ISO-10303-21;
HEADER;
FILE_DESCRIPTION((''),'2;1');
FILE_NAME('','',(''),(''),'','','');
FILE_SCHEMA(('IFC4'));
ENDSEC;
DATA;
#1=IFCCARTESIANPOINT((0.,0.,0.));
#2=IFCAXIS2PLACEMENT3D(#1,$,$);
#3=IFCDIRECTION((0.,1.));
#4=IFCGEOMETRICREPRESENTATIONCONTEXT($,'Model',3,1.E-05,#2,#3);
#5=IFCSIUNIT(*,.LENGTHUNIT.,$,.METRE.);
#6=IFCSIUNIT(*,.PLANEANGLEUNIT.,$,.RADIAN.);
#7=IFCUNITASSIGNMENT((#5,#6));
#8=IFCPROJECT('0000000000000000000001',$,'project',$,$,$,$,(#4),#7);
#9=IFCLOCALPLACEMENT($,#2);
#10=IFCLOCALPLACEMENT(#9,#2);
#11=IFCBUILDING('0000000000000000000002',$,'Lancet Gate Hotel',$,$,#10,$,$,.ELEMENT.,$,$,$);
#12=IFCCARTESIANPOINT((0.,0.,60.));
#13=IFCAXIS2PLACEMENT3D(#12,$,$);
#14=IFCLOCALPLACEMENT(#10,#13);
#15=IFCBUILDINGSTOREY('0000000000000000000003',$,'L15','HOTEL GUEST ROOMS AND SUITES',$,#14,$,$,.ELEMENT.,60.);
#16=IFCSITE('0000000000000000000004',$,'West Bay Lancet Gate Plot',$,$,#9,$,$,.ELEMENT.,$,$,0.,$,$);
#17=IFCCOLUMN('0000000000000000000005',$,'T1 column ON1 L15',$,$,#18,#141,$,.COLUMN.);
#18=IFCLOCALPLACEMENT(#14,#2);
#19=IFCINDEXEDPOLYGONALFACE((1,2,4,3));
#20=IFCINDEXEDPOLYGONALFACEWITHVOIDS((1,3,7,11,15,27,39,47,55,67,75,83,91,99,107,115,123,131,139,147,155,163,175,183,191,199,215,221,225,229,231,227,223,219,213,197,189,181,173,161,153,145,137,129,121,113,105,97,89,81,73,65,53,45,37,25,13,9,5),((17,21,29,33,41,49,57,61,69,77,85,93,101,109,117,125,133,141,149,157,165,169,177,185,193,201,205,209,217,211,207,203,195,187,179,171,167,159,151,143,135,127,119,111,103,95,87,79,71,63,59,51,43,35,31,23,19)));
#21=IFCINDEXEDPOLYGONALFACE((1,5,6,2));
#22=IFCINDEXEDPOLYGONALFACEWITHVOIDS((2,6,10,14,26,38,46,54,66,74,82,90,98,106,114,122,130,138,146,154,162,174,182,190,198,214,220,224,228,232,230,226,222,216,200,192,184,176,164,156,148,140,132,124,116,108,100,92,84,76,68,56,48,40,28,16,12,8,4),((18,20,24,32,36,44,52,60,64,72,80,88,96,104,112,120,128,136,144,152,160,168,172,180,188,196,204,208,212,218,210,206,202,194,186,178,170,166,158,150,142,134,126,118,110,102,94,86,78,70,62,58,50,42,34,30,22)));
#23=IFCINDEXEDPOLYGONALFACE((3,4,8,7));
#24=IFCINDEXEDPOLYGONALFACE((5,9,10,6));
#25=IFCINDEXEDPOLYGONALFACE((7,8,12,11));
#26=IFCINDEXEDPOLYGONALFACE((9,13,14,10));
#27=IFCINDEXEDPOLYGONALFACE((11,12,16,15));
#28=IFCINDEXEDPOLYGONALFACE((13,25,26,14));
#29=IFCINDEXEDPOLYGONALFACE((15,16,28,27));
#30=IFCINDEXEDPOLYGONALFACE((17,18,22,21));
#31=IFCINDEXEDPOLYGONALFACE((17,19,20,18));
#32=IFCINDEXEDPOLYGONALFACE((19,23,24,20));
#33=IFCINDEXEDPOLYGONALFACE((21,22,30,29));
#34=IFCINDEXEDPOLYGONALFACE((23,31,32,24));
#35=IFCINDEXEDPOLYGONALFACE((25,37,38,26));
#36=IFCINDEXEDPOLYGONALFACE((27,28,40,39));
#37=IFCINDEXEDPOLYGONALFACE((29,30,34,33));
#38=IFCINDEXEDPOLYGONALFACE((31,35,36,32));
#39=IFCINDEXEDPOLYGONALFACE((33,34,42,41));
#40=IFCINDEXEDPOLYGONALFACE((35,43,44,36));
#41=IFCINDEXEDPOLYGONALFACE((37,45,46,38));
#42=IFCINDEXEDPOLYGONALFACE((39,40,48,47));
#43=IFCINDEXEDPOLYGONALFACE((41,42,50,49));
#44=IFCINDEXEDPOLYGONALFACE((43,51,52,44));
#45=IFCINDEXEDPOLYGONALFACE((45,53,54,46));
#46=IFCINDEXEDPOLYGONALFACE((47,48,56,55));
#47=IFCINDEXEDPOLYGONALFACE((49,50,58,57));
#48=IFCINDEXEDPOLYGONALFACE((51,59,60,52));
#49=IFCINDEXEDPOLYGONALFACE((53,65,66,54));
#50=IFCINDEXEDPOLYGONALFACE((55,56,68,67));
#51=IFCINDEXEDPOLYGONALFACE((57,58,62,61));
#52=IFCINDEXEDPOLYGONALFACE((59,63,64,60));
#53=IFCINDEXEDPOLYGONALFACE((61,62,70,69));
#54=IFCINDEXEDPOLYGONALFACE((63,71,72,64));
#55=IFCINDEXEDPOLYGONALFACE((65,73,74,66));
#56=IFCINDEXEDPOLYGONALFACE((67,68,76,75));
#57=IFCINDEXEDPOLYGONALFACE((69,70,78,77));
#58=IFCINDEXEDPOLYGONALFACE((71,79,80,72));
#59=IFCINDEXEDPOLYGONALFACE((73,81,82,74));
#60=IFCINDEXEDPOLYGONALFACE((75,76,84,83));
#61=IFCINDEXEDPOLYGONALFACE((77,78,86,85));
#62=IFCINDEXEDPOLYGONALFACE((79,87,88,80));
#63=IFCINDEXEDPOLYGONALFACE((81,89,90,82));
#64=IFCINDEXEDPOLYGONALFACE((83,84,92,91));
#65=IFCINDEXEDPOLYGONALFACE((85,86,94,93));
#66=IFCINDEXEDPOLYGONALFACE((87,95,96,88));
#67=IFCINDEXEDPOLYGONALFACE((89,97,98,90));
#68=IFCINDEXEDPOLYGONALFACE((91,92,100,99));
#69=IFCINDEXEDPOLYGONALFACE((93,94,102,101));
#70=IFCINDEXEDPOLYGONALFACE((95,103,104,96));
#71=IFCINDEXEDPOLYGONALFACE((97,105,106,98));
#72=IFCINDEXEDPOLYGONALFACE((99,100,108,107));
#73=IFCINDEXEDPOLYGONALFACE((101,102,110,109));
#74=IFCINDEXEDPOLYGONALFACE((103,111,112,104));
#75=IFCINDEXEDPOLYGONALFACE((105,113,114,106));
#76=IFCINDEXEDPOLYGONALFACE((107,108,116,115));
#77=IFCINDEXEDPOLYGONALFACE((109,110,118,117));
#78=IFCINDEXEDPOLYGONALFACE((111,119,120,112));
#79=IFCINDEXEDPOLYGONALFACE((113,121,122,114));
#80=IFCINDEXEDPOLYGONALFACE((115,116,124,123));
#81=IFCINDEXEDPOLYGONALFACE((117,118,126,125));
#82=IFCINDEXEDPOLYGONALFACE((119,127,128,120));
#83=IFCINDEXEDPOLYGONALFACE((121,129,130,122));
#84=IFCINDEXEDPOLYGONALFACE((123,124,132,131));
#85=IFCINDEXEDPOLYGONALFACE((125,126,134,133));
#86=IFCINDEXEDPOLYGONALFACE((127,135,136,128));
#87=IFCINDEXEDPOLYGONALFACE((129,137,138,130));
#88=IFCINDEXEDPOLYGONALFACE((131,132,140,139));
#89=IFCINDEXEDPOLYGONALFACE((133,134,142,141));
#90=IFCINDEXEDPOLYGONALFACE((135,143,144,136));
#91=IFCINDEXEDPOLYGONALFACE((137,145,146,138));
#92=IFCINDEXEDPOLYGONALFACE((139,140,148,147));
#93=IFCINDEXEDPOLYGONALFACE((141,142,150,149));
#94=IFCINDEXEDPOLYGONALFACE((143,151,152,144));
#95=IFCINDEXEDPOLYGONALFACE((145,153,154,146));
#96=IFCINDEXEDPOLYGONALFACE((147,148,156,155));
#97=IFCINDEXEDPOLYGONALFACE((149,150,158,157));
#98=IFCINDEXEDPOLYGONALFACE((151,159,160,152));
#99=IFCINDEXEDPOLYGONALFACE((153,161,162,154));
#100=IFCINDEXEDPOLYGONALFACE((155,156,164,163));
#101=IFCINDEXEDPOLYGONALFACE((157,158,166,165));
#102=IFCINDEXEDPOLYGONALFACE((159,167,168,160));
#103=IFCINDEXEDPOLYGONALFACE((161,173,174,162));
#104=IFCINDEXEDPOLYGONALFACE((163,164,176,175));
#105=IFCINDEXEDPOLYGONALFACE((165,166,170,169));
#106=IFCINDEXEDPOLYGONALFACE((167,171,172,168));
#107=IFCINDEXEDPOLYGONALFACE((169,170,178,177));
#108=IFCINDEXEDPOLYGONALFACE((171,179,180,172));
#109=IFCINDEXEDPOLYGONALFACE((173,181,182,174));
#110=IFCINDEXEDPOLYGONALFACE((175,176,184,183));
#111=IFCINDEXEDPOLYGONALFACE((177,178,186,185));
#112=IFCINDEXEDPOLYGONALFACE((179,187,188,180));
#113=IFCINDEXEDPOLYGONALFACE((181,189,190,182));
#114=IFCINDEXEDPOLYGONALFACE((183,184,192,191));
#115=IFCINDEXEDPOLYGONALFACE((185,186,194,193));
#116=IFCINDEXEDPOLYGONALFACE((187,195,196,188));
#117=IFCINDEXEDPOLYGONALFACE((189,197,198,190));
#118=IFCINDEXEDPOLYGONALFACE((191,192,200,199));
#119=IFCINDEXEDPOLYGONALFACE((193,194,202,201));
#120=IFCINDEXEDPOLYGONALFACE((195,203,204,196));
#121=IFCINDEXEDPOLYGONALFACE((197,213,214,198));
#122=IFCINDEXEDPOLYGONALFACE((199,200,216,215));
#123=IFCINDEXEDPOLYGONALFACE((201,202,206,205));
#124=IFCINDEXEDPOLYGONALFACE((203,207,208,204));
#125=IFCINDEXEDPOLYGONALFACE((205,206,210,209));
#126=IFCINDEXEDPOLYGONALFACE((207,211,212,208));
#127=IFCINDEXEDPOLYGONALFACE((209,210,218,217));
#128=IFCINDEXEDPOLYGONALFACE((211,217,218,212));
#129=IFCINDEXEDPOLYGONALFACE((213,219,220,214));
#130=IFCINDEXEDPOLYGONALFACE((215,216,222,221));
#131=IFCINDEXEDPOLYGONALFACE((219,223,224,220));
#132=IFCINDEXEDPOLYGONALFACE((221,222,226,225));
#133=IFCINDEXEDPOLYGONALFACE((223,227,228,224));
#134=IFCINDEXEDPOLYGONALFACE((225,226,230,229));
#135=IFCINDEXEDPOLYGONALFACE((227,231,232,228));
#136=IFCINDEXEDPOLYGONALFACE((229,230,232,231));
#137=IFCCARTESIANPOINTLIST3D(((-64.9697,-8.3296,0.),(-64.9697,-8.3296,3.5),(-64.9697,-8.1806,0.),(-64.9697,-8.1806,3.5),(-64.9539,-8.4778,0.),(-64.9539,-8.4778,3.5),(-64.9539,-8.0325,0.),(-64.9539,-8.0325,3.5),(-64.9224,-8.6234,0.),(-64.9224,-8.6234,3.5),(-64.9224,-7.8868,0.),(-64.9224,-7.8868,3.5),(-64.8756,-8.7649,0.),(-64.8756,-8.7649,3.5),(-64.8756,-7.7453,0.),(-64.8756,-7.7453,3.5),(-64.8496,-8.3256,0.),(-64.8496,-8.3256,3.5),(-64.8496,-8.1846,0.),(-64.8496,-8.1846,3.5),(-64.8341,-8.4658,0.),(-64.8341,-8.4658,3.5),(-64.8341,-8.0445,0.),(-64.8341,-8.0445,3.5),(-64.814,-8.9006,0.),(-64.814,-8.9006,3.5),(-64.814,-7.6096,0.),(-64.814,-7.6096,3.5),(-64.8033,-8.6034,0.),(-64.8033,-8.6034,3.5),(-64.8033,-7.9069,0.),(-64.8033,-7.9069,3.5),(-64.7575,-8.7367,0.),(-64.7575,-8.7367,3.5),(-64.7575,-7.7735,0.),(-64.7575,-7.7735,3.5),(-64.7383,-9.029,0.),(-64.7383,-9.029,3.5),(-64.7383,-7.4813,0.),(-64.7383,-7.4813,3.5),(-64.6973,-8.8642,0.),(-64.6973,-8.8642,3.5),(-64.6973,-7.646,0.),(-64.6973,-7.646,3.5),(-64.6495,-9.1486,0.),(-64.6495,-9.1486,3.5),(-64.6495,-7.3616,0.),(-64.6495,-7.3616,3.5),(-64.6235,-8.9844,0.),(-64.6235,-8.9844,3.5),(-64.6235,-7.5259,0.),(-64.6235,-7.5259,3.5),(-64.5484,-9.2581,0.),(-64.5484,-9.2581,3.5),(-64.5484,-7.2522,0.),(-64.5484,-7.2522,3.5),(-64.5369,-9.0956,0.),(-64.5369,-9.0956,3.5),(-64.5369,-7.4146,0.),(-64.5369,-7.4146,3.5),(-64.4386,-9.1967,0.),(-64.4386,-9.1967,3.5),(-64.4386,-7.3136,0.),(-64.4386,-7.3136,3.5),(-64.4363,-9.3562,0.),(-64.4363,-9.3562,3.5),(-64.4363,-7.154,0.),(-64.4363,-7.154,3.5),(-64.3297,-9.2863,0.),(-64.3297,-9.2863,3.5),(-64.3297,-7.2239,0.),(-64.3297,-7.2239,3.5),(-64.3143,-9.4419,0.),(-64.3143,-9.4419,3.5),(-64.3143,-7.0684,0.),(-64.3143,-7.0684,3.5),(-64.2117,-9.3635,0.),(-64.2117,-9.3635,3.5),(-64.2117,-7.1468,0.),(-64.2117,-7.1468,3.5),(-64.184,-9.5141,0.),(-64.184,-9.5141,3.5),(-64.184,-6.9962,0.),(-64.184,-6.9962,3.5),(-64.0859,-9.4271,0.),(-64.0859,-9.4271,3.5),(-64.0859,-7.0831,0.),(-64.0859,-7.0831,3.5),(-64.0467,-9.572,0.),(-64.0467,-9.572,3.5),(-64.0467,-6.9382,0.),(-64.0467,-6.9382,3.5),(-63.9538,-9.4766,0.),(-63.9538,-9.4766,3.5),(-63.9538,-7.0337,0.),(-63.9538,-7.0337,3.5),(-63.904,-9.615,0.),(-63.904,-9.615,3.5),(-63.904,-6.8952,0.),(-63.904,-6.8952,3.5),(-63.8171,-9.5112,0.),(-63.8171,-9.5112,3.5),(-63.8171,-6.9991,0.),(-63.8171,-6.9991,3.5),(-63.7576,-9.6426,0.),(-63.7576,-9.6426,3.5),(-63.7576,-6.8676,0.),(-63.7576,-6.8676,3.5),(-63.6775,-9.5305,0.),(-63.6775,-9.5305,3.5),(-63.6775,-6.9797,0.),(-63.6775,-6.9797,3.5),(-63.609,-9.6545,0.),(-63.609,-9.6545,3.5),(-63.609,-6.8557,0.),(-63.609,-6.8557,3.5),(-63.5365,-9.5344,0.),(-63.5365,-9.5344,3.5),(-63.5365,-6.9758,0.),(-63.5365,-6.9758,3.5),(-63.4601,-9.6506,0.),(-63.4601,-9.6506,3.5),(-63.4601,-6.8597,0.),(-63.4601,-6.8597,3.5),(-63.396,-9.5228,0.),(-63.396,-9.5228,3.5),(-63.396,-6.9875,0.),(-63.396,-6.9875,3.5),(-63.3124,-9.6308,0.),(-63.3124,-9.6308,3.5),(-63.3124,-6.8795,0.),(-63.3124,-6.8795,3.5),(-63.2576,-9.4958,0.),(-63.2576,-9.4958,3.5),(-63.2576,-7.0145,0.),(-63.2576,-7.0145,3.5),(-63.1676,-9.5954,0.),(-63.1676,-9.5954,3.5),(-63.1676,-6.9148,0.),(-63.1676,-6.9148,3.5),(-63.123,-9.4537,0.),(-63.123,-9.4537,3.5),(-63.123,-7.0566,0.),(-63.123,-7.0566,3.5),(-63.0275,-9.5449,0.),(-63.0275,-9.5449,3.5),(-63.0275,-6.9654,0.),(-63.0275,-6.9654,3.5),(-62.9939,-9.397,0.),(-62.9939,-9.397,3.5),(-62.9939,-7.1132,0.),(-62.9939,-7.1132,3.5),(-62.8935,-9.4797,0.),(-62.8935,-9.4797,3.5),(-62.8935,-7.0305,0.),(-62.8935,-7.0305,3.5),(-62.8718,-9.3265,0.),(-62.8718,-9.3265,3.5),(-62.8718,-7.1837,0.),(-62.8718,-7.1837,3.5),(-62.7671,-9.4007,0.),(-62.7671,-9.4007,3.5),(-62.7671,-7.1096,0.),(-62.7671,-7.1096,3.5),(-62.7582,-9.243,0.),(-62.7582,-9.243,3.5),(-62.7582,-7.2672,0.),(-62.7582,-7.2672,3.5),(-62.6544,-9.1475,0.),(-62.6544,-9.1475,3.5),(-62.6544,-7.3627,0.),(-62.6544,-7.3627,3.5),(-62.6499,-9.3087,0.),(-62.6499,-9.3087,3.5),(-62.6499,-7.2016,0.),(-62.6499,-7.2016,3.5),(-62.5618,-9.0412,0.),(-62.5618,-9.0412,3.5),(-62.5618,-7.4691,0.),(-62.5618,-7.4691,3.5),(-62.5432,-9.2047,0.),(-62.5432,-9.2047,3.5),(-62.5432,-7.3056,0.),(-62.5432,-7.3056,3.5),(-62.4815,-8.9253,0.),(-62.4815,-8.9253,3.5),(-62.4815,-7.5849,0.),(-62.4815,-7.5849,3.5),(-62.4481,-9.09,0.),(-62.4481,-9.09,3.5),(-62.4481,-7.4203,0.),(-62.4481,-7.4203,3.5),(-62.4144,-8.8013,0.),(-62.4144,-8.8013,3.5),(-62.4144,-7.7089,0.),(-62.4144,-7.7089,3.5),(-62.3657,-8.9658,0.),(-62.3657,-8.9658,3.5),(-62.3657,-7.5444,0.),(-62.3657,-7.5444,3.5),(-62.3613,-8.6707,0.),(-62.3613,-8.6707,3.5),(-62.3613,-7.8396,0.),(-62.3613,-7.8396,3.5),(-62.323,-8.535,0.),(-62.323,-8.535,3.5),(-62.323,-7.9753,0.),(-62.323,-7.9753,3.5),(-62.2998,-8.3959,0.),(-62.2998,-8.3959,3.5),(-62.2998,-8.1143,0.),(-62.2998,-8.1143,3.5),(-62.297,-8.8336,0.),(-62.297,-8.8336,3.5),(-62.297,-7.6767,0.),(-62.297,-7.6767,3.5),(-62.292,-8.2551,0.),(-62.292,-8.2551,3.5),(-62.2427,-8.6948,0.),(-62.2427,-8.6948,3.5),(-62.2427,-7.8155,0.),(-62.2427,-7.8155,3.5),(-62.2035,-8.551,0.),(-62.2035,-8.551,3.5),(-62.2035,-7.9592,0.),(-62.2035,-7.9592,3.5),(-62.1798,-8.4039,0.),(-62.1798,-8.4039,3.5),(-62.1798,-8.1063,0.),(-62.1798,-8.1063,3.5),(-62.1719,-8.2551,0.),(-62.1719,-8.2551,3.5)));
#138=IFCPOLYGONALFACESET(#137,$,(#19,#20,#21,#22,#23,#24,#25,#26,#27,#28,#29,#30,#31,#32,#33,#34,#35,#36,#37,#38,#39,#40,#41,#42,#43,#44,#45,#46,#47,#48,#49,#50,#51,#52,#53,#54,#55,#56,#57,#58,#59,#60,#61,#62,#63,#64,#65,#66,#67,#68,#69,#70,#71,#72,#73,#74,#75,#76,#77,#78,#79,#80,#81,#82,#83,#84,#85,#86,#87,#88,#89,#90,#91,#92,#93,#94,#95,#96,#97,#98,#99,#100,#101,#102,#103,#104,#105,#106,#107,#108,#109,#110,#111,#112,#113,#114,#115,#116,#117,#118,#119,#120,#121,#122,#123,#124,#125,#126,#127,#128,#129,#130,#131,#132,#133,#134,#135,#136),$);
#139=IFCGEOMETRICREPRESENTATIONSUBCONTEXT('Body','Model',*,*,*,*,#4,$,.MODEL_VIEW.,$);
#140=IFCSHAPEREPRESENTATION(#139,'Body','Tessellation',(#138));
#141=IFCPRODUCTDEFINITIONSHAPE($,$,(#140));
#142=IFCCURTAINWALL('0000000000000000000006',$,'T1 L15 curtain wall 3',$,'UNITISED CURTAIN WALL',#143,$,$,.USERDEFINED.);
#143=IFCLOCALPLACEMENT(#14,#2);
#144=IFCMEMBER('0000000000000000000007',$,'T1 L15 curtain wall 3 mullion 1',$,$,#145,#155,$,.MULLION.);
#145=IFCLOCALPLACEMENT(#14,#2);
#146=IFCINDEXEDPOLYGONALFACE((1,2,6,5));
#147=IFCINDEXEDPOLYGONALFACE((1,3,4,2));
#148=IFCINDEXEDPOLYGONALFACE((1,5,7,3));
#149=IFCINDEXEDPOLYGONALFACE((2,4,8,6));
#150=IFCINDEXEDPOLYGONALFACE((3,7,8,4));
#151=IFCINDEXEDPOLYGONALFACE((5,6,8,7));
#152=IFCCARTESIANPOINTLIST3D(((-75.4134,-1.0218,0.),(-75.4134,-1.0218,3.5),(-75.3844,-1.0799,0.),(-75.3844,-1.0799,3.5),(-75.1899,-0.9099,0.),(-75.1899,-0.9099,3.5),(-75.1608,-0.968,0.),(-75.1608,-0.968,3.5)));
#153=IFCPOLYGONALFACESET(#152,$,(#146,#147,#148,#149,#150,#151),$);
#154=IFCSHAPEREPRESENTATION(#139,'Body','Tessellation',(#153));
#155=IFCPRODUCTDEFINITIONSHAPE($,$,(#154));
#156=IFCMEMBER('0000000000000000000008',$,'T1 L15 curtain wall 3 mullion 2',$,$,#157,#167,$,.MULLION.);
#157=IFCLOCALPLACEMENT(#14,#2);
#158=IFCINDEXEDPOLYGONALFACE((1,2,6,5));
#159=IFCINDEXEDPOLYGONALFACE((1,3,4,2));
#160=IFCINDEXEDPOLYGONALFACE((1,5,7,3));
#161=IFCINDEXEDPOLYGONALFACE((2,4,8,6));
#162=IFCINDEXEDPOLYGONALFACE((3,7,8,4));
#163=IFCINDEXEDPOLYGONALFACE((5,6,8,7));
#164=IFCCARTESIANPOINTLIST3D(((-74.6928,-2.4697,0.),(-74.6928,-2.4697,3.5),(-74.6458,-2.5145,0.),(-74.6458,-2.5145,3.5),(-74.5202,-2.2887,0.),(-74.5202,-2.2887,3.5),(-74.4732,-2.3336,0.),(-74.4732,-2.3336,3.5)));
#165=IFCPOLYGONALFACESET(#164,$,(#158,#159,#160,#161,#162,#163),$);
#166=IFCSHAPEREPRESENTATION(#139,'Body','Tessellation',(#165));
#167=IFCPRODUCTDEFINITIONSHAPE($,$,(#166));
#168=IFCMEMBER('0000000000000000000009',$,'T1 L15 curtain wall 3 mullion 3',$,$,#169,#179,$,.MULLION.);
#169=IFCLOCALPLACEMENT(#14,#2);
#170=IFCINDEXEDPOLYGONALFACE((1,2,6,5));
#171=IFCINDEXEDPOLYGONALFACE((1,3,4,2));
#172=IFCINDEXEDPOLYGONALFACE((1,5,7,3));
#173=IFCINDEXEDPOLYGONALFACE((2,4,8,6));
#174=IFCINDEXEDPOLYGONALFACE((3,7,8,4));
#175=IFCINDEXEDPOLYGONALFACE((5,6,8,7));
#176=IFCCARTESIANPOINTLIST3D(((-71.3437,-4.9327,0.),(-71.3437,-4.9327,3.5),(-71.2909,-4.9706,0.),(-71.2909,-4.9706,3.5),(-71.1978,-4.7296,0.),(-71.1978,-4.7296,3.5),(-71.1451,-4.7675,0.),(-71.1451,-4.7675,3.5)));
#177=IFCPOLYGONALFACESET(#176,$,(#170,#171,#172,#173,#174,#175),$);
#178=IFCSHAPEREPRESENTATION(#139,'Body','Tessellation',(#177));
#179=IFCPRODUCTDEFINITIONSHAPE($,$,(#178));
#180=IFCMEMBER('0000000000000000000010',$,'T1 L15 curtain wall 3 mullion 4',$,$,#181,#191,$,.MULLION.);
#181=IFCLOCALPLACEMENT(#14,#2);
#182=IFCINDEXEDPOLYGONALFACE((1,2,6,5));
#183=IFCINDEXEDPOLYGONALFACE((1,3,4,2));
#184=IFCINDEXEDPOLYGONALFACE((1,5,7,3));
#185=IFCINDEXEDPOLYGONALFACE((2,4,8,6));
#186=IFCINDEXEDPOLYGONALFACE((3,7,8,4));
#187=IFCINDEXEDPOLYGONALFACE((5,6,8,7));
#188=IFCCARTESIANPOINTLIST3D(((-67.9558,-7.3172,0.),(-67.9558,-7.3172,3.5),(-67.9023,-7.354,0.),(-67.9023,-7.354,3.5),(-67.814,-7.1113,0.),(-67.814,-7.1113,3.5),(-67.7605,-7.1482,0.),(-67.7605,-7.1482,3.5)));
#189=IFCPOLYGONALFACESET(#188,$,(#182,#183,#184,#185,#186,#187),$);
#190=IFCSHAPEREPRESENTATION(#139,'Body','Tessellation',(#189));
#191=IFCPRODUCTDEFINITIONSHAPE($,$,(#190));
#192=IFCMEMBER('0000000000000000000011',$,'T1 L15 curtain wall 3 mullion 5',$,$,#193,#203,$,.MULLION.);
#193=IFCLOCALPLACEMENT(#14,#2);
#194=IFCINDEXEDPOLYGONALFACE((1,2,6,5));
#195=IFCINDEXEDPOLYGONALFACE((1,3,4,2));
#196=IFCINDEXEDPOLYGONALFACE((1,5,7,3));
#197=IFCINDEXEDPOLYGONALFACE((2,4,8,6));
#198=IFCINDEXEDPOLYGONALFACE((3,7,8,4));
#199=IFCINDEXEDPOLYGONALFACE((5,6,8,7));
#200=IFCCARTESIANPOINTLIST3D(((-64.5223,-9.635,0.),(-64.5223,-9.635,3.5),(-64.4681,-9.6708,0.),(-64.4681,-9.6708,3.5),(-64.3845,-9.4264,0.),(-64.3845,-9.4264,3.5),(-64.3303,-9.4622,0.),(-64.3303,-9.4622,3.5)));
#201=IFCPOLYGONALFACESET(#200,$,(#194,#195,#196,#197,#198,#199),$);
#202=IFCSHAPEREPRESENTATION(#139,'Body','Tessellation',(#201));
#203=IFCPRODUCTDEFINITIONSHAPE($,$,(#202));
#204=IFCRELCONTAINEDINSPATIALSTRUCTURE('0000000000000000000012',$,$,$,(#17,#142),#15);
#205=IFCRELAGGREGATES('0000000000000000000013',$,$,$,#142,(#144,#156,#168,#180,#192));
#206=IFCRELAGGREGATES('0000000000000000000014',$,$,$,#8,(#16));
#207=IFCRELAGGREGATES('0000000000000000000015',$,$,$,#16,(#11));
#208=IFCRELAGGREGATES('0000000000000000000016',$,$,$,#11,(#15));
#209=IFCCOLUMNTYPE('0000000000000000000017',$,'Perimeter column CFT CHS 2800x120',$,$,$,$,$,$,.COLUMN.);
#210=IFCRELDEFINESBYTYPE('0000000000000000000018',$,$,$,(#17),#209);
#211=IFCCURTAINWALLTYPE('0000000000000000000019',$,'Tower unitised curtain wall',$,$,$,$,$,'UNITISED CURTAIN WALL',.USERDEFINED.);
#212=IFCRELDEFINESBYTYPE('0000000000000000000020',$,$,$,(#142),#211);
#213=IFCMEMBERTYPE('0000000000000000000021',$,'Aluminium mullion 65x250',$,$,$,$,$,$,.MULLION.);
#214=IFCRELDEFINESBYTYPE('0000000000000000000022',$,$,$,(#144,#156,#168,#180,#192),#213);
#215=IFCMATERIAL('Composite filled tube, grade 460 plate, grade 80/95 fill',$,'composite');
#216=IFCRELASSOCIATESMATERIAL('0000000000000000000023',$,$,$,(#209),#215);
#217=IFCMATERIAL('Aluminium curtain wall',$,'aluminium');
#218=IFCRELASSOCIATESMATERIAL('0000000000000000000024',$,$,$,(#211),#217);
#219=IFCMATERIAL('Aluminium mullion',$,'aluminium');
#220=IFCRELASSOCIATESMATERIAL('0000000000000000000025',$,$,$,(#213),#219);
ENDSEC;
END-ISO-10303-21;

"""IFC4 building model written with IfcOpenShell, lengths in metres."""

from ifc_helpers import new_model, si_unit, direction, frame, origin, origin_2d, place, context, subcontext, project, spatial, rectangle, hollow_circle, extrude, material, material_profile, profile_set, type_object, element, aggregate, save


model = new_model("IFC4")

# Units and contexts
model_context = context("Model", 3, precision=1e-05, world=origin(), true_north=direction((0.0, 1.0)))
body_context = subcontext(model_context, "Body", "Model", "MODEL_VIEW")
ifc_project = project(units=[si_unit("LENGTHUNIT", "METRE"), si_unit("PLANEANGLEUNIT", "RADIAN")], contexts=[model_context])

# Site, building, storey
site_placement = place(None, origin())
site = spatial("IfcSite", under=ifc_project, at=site_placement, Name="West Bay Lancet Gate Plot", CompositionType="ELEMENT", RefElevation=0.0)
building_placement = place(site_placement, origin())
building = spatial("IfcBuilding", under=site, at=building_placement, Name="Lancet Gate Hotel", CompositionType="ELEMENT")
storey_placement = place(building_placement, frame((0.0, 0.0, 60.0)))
storey = spatial("IfcBuildingStorey", under=building, at=storey_placement, Name="L15", Description="HOTEL GUEST ROOMS AND SUITES", CompositionType="ELEMENT", Elevation=60.0)

# Column
ifc_material_1 = material(Name="Composite filled tube, grade 460 plate, grade 80/95 fill", Category="composite")
ifc_material_profile_1 = material_profile(ifc_material_1, hollow_circle(Radius=1.3999, WallThickness=0.1201, at=origin_2d()), Name="CHS 2800x120")
ifc_profile_set_1 = profile_set([ifc_material_profile_1], Name="Composite filled tube, grade 460 plate, grade 80/95 fill")
column_type_1 = type_object("IfcColumnType", Name="Perimeter column CFT CHS 2800x120", PredefinedType="COLUMN", material=ifc_profile_set_1)
column_1_placement = place(storey_placement, frame((-63.5718, -8.2551, 0.0), z_axis=(0.0, 0.0, 1.0), x_axis=(1.0, 0.0, 0.0)))
element("IfcColumn", 1, at=column_1_placement, inside=storey, type_object=column_type_1, Name="T1 column ON1 L15", PredefinedType="COLUMN", context=body_context, shape_type="SweptSolid", body=[
    extrude(hollow_circle(Radius=1.3999, WallThickness=0.1201, at=origin_2d()), origin(), (0.0, 0.0, 1.0), 3.5),
])

# Curtain wall, members
ifc_material_2 = material(Name="Aluminium curtain wall", Category="aluminium")
curtain_wall_type = type_object("IfcCurtainWallType", Name="Tower unitised curtain wall", ElementType="UNITISED CURTAIN WALL", PredefinedType="USERDEFINED", material=ifc_material_2)
curtain_wall_placement = place(storey_placement, origin())
curtain_wall = element("IfcCurtainWall", 2, at=curtain_wall_placement, inside=storey, type_object=curtain_wall_type, Name="T1 L15 curtain wall 3", ObjectType="UNITISED CURTAIN WALL", PredefinedType="USERDEFINED")
ifc_material_3 = material(Name="Aluminium mullion", Category="aluminium")
ifc_material_profile_2 = material_profile(ifc_material_3, rectangle(XDim=0.0649, YDim=0.25, at=origin_2d()), Name="MULLION 65x250")
ifc_profile_set_2 = profile_set([ifc_material_profile_2], Name="Aluminium mullion")
member_type_1 = type_object("IfcMemberType", Name="Aluminium mullion 65x250", PredefinedType="MULLION", material=ifc_profile_set_2)
member_1_placement = place(storey_placement, frame((-75.2871, -0.9949, 0.0), z_axis=(0.0, 0.0, 1.0), x_axis=(0.447628, -0.89422, 0.0)))
member_1 = element("IfcMember", 3, at=member_1_placement, type_object=member_type_1, Name="T1 L15 curtain wall 3 mullion 1", PredefinedType="MULLION", context=body_context, shape_type="SweptSolid", body=[
    extrude(rectangle(XDim=0.0649, YDim=0.25, at=origin_2d()), origin(), (0.0, 0.0, 1.0), 3.5),
])
member_2_placement = place(storey_placement, frame((-74.583, -2.4016, 0.0), z_axis=(0.0, 0.0, 1.0), x_axis=(0.723696, -0.690119, 0.0)))
member_2 = element("IfcMember", 4, at=member_2_placement, type_object=member_type_1, Name="T1 L15 curtain wall 3 mullion 2", PredefinedType="MULLION", context=body_context, shape_type="SweptSolid", body=[
    extrude(rectangle(XDim=0.0649, YDim=0.25, at=origin_2d()), origin(), (0.0, 0.0, 1.0), 3.5),
])
member_3_placement = place(storey_placement, frame((-71.2444, -4.8501, 0.0), z_axis=(0.0, 0.0, 1.0), x_axis=(0.812147, -0.583453, 0.0)))
member_3 = element("IfcMember", 5, at=member_3_placement, type_object=member_type_1, Name="T1 L15 curtain wall 3 mullion 3", PredefinedType="MULLION", context=body_context, shape_type="SweptSolid", body=[
    extrude(rectangle(XDim=0.0649, YDim=0.25, at=origin_2d()), origin(), (0.0, 0.0, 1.0), 3.5),
])
member_4_placement = place(storey_placement, frame((-67.8582, -7.2327, 0.0), z_axis=(0.0, 0.0, 1.0), x_axis=(0.823425, -0.567425, 0.0)))
member_4 = element("IfcMember", 6, at=member_4_placement, type_object=member_type_1, Name="T1 L15 curtain wall 3 mullion 4", PredefinedType="MULLION", context=body_context, shape_type="SweptSolid", body=[
    extrude(rectangle(XDim=0.0649, YDim=0.25, at=origin_2d()), origin(), (0.0, 0.0, 1.0), 3.5),
])
member_5_placement = place(storey_placement, frame((-64.4263, -9.5486, 0.0), z_axis=(0.0, 0.0, 1.0), x_axis=(0.834387, -0.551178, 0.0)))
member_5 = element("IfcMember", 7, at=member_5_placement, type_object=member_type_1, Name="T1 L15 curtain wall 3 mullion 5", PredefinedType="MULLION", context=body_context, shape_type="SweptSolid", body=[
    extrude(rectangle(XDim=0.0649, YDim=0.25, at=origin_2d()), origin(), (0.0, 0.0, 1.0), 3.5),
])

aggregate(curtain_wall, [member_1, member_2, member_3, member_4, member_5])

save(model, "model.ifc")
